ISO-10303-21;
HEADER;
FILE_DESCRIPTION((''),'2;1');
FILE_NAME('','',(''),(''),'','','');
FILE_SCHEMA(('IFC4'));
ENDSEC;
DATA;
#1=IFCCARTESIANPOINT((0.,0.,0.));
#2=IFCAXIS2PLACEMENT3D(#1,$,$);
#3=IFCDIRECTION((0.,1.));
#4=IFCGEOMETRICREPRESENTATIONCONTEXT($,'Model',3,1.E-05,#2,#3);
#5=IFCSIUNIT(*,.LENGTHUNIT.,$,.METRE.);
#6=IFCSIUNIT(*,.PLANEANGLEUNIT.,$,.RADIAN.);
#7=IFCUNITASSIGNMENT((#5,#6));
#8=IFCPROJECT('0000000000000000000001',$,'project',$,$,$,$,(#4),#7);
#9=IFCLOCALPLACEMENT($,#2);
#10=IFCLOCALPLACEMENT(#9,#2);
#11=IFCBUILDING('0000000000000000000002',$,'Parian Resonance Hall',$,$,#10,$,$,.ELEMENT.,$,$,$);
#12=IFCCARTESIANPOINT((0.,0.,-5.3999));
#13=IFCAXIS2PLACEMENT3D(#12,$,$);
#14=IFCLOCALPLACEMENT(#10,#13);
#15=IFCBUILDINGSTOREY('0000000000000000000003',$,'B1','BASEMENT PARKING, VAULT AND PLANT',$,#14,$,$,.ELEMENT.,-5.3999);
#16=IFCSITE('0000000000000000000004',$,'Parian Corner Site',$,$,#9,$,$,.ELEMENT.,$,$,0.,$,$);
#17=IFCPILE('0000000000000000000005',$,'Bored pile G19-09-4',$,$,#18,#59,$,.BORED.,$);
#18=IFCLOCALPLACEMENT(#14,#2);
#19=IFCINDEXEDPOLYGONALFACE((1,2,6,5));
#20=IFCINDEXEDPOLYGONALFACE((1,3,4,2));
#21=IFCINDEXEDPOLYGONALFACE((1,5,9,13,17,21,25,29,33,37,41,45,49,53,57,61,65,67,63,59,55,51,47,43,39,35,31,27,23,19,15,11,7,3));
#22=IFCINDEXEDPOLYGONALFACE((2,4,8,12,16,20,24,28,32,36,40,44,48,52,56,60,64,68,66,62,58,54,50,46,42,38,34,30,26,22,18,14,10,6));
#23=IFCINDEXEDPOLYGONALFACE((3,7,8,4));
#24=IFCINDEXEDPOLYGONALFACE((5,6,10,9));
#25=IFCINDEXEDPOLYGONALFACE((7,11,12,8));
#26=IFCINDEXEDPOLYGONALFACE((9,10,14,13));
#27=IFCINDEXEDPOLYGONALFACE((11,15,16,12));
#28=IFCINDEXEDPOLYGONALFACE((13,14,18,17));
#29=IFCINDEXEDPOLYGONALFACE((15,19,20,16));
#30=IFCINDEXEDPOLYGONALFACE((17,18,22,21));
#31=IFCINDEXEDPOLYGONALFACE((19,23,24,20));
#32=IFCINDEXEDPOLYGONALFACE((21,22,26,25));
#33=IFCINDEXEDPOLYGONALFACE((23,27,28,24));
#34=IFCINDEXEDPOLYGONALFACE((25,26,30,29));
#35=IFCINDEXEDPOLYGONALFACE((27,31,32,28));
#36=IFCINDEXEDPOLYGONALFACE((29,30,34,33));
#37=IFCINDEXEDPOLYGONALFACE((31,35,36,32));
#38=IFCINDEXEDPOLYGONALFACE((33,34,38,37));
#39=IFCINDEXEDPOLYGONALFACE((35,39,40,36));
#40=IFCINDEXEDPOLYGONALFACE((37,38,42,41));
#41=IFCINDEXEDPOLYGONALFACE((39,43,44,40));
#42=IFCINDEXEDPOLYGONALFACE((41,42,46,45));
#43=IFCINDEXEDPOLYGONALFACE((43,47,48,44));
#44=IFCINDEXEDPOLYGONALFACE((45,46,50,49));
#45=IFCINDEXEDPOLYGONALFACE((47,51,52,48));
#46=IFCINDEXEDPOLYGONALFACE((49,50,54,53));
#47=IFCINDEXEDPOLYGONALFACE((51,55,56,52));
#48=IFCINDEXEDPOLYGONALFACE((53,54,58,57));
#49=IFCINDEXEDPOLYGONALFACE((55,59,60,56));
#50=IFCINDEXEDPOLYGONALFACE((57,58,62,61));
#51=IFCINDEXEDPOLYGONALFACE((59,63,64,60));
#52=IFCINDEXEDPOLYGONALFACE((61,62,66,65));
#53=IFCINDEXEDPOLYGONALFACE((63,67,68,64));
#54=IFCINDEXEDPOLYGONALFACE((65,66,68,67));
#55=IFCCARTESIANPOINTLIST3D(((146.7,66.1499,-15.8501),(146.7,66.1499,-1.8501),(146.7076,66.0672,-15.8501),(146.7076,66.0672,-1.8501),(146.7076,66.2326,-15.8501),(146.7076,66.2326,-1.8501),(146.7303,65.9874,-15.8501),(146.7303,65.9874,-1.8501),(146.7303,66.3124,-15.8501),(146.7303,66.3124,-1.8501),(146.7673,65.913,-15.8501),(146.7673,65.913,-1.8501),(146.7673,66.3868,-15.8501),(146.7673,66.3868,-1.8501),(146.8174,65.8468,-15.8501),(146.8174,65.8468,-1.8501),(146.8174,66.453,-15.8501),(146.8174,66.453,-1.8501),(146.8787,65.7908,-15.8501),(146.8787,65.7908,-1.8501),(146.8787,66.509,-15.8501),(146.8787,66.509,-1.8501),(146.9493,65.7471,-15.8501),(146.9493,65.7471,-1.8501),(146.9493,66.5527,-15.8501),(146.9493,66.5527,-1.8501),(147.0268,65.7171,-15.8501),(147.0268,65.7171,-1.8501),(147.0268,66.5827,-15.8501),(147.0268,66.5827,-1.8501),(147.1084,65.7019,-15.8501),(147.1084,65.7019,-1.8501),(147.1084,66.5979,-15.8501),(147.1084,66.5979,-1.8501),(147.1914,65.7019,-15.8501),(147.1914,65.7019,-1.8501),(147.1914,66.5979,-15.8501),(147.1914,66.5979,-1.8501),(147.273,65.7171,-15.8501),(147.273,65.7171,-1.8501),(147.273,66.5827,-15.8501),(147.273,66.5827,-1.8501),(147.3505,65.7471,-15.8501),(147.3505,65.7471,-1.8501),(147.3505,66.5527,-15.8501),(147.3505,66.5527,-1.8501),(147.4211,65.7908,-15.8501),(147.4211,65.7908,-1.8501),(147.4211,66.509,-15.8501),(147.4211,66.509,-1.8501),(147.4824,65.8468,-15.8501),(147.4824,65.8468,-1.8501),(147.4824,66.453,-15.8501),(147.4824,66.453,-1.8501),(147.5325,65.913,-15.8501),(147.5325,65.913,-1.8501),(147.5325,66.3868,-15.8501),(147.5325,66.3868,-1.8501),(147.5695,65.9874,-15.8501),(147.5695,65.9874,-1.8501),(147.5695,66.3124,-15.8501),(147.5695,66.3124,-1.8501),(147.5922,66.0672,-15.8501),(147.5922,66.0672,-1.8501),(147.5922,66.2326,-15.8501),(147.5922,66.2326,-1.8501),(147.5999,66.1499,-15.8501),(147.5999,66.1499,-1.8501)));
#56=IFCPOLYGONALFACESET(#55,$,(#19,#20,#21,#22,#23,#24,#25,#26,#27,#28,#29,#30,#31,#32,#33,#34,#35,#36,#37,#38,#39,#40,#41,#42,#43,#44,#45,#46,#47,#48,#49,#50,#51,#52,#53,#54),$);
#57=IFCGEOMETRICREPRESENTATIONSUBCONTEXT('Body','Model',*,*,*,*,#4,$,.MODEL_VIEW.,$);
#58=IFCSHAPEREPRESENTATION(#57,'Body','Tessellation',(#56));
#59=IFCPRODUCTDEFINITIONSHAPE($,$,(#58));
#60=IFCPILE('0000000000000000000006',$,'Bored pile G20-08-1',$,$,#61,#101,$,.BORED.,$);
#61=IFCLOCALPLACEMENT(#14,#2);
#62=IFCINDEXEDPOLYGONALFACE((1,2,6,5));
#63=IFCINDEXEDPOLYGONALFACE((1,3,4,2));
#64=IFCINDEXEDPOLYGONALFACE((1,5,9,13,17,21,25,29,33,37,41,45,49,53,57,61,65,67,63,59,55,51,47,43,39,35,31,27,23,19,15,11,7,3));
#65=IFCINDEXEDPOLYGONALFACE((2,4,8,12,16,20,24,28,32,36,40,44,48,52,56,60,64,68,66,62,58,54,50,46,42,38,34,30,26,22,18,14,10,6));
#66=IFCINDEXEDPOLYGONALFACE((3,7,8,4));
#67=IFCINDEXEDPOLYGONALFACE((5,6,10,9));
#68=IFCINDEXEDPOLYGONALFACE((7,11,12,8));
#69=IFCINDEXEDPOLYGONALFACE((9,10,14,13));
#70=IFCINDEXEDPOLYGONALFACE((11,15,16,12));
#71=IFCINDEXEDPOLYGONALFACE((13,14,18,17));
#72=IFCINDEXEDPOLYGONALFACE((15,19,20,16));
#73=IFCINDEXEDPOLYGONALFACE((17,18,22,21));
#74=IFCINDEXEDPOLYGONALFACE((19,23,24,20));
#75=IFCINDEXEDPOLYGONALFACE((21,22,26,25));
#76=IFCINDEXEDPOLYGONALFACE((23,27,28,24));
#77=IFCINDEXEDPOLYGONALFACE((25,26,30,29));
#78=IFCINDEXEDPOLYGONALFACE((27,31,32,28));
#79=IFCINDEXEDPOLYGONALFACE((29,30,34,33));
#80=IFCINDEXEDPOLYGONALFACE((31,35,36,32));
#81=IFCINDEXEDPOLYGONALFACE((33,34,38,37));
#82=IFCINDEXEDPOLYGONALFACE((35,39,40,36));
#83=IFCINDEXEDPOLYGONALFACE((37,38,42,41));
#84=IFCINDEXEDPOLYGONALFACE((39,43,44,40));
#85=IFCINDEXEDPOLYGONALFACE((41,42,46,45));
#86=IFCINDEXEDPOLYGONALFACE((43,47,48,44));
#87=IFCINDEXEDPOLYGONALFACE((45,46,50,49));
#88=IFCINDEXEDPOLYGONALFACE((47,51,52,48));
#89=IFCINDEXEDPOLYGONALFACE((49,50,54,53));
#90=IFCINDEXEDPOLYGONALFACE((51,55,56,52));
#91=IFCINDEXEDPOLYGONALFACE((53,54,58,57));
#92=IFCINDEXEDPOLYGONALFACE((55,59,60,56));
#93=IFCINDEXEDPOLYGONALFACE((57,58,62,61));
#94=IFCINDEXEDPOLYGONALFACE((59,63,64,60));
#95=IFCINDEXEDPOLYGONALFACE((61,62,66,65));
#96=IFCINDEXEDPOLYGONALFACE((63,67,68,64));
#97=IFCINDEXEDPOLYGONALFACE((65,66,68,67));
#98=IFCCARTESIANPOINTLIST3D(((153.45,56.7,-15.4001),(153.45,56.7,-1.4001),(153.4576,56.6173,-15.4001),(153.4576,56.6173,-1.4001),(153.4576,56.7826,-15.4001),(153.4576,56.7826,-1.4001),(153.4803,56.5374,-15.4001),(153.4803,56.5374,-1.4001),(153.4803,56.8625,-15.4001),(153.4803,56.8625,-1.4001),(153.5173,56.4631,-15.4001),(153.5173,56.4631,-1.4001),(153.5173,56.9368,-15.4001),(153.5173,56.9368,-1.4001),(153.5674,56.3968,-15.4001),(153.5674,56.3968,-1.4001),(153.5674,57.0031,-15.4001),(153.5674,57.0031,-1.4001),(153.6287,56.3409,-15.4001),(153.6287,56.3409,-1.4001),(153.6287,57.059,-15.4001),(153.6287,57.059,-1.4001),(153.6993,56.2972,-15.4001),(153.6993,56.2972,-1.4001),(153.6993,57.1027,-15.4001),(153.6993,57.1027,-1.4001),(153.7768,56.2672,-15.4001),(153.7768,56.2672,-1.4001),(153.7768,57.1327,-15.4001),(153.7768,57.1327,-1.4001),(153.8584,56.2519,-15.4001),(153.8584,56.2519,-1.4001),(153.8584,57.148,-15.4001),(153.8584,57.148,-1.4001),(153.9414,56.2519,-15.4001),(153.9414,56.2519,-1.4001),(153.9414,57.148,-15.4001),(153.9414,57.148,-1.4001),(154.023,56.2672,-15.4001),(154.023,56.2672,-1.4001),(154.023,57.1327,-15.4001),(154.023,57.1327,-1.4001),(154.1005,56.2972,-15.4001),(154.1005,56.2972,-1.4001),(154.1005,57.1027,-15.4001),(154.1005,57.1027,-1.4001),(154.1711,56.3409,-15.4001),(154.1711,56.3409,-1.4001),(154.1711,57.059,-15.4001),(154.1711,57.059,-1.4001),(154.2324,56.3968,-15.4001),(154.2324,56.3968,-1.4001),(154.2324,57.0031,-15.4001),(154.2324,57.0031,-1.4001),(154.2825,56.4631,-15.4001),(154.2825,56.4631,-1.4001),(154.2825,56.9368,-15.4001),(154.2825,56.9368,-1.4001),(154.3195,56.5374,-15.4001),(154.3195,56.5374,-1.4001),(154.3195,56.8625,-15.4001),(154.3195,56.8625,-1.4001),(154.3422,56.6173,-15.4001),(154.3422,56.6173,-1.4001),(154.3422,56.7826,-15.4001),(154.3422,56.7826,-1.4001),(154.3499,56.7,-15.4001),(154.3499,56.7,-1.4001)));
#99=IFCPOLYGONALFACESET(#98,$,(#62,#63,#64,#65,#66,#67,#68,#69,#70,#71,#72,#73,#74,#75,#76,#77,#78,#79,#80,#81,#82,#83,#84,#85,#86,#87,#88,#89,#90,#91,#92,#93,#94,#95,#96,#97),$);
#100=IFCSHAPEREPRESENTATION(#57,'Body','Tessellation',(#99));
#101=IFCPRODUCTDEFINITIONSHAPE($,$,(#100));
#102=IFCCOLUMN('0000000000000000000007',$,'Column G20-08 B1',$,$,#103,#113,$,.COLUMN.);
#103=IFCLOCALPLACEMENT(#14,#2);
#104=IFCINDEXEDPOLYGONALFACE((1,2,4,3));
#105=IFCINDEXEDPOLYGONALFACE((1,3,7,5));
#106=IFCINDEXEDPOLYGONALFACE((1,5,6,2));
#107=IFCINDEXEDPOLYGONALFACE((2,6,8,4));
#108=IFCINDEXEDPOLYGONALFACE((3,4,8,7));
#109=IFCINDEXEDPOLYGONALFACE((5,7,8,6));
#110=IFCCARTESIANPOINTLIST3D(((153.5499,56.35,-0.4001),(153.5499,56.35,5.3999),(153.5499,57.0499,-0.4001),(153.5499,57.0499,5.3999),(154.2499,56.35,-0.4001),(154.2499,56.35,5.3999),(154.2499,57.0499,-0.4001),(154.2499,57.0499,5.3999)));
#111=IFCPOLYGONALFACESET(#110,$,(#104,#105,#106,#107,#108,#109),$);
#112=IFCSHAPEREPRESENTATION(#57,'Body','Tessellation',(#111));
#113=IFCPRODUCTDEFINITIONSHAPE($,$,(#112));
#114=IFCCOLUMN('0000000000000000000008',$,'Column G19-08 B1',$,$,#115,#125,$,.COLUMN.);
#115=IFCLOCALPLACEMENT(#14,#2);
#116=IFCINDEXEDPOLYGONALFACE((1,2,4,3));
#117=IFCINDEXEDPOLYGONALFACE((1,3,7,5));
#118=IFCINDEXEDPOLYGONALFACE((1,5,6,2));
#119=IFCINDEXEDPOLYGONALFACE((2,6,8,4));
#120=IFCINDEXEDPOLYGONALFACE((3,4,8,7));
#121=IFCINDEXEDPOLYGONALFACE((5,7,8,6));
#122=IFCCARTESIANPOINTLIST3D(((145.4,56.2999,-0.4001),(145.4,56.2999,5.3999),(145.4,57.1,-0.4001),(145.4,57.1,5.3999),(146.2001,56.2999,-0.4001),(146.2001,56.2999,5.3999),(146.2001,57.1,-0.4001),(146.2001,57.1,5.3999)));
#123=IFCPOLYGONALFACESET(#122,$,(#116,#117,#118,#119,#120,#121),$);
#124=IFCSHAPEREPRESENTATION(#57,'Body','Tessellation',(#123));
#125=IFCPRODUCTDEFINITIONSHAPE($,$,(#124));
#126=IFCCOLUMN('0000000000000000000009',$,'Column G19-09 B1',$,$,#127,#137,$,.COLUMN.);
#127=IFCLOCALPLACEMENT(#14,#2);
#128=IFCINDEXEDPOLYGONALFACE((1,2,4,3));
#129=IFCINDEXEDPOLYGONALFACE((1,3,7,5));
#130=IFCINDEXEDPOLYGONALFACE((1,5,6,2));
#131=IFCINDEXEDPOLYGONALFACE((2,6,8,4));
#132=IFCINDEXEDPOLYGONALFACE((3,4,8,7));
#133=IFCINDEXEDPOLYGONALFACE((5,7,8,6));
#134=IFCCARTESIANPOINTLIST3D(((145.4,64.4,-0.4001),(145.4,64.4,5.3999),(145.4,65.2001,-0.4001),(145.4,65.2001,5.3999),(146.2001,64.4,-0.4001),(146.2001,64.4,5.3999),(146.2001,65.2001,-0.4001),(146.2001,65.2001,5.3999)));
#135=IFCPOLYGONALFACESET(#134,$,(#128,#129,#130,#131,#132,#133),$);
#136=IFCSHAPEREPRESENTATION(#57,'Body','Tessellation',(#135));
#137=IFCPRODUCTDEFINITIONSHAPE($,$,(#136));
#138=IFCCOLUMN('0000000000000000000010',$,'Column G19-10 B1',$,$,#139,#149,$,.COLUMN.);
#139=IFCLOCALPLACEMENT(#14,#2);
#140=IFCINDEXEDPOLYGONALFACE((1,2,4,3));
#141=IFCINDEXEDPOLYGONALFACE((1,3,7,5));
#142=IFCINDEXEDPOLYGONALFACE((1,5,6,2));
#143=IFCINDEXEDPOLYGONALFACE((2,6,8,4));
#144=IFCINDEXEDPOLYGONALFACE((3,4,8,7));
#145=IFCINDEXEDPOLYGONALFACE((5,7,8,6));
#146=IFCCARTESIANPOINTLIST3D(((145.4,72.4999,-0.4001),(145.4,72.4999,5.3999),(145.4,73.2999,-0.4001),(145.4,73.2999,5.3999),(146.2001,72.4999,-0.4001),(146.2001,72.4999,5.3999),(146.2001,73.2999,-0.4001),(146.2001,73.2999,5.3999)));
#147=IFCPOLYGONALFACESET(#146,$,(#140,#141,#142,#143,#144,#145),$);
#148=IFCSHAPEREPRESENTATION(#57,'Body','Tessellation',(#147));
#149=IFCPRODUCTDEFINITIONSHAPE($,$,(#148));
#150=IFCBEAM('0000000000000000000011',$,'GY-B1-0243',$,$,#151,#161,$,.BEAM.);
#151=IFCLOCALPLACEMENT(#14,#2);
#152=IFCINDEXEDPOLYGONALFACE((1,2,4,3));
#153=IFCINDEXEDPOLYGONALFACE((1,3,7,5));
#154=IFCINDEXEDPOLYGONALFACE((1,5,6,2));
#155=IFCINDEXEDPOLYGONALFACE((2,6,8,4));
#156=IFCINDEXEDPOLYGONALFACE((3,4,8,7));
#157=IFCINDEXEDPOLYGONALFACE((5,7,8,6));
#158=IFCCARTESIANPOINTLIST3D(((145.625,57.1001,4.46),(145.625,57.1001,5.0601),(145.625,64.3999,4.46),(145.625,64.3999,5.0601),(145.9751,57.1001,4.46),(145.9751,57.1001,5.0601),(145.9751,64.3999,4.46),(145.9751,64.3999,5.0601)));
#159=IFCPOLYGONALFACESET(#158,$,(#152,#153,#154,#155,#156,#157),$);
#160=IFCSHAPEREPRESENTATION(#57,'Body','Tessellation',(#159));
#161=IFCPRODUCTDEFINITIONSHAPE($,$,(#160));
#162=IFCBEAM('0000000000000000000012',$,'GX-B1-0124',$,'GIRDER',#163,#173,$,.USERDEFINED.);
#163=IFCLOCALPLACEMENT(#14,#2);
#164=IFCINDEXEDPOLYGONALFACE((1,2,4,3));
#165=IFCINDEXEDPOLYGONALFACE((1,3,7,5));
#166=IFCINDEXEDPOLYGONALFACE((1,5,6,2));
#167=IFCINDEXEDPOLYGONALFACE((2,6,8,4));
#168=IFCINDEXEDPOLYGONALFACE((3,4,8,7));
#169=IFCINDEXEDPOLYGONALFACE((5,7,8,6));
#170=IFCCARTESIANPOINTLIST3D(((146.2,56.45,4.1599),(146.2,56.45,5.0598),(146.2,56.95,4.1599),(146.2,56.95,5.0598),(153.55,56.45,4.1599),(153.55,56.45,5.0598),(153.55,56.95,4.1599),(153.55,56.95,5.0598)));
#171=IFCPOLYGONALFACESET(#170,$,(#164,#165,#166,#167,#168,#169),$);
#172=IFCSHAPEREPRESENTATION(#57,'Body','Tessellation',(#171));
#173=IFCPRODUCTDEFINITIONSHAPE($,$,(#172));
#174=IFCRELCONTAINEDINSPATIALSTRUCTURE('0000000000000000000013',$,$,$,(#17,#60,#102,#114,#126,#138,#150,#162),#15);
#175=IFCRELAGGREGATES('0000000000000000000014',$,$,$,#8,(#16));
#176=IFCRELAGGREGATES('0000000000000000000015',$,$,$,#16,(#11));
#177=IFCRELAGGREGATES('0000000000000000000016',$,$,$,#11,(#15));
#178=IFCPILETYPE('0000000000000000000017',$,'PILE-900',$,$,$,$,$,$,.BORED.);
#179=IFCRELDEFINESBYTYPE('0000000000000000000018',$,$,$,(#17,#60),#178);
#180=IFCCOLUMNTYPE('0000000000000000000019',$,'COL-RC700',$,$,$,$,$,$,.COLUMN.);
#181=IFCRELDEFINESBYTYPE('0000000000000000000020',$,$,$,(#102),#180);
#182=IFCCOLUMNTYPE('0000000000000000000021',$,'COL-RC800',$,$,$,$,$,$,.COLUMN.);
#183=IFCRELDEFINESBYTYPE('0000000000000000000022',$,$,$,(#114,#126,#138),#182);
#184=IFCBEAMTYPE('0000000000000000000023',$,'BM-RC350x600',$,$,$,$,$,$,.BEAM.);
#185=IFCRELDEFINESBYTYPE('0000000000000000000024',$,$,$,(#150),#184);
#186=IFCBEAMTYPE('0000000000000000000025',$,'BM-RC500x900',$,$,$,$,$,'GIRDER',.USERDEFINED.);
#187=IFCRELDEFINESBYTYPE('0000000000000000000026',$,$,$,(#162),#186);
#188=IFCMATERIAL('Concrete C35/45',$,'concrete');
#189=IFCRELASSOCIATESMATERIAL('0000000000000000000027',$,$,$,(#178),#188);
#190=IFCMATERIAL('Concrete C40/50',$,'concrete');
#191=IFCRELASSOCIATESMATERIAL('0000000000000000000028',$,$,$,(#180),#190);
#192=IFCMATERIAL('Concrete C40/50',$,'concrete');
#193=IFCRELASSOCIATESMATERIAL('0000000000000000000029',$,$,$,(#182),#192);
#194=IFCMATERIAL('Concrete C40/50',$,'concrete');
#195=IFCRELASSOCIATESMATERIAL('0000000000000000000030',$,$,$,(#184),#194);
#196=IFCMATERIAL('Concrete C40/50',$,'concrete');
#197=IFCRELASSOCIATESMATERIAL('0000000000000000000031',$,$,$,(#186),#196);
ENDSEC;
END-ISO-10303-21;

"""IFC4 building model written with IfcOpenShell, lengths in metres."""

from ifc_helpers import new_model, si_unit, direction, frame, origin, origin_2d, place, context, subcontext, project, spatial, rectangle, circle, extrude, material, material_profile, profile_set, type_object, element, save


model = new_model("IFC4")

# Units and contexts
model_context = context("Model", 3, precision=1e-05, world=origin(), true_north=direction((0.0, 1.0)))
body_context = subcontext(model_context, "Body", "Model", "MODEL_VIEW")
ifc_project = project(units=[si_unit("LENGTHUNIT", "METRE"), si_unit("PLANEANGLEUNIT", "RADIAN")], contexts=[model_context])

# Site, building, storey
site_placement = place(None, origin())
site = spatial("IfcSite", under=ifc_project, at=site_placement, Name="Parian Corner Site", CompositionType="ELEMENT", RefElevation=0.0)
building_placement = place(site_placement, origin())
building = spatial("IfcBuilding", under=site, at=building_placement, Name="Parian Resonance Hall", CompositionType="ELEMENT")
storey_placement = place(building_placement, frame((0.0, 0.0, -5.3999)))
storey = spatial("IfcBuildingStorey", under=building, at=storey_placement, Name="B1", Description="BASEMENT PARKING, VAULT AND PLANT", CompositionType="ELEMENT", Elevation=-5.3999)

# Piles
ifc_material_1 = material(Name="Concrete C35/45", Category="concrete")
ifc_material_profile_1 = material_profile(ifc_material_1, circle(Radius=0.45, at=origin_2d()), Name="PILE-D900")
ifc_profile_set_1 = profile_set([ifc_material_profile_1], Name="Concrete C35/45")
pile_type_1 = type_object("IfcPileType", Name="PILE-900", PredefinedType="BORED", material=ifc_profile_set_1)
for number, where, z_axis, x_axis, name in (
    (1, (147.1499, 66.1499, -1.8501), (0.0, 0.0, -1.0), (1.0, 0.0, 0.0), "Bored pile G19-09-4"),
    (2, (153.8999, 56.7, -1.4001), (0.0, 0.0, -1.0), (1.0, 0.0, 0.0), "Bored pile G20-08-1"),
):
    element("IfcPile", number, at=place(storey_placement, frame(where, z_axis=z_axis, x_axis=x_axis)), inside=storey, type_object=pile_type_1, Name=name, PredefinedType="BORED", context=body_context, shape_type="SweptSolid", body=[
        extrude(circle(Radius=0.45, at=origin_2d()), origin(), (0.0, 0.0, 1.0), 14.0),
    ])

# Columns
ifc_material_2 = material(Name="Concrete C40/50", Category="concrete")
ifc_material_profile_2 = material_profile(ifc_material_2, rectangle(XDim=0.7, YDim=0.7, at=origin_2d()), Name="RC-COL-700x700")
ifc_profile_set_2 = profile_set([ifc_material_profile_2], Name="Concrete C40/50")
column_type_1 = type_object("IfcColumnType", Name="COL-RC700", PredefinedType="COLUMN", material=ifc_profile_set_2)
column_placement = place(storey_placement, frame((153.8999, 56.7, -0.4001), z_axis=(0.0, 0.0, 1.0), x_axis=(1.0, 0.0, 0.0)))
element("IfcColumn", 3, at=column_placement, inside=storey, type_object=column_type_1, Name="Column G20-08 B1", PredefinedType="COLUMN", context=body_context, shape_type="SweptSolid", body=[
    extrude(rectangle(XDim=0.7, YDim=0.7, at=origin_2d()), origin(), (0.0, 0.0, 1.0), 5.8),
])
ifc_material_3 = material(Name="Concrete C40/50", Category="concrete")
ifc_material_profile_3 = material_profile(ifc_material_3, rectangle(XDim=0.8, YDim=0.8, at=origin_2d()), Name="RC-COL-800x800")
ifc_profile_set_3 = profile_set([ifc_material_profile_3], Name="Concrete C40/50")
column_type_2 = type_object("IfcColumnType", Name="COL-RC800", PredefinedType="COLUMN", material=ifc_profile_set_3)
for number, where, z_axis, x_axis, name in (
    (4, (145.8, 56.7, -0.4001), (0.0, 0.0, 1.0), (1.0, 0.0, 0.0), "Column G19-08 B1"),
    (5, (145.8, 64.8, -0.4001), (0.0, 0.0, 1.0), (1.0, 0.0, 0.0), "Column G19-09 B1"),
    (6, (145.8, 72.8999, -0.4001), (0.0, 0.0, 1.0), (1.0, 0.0, 0.0), "Column G19-10 B1"),
):
    element("IfcColumn", number, at=place(storey_placement, frame(where, z_axis=z_axis, x_axis=x_axis)), inside=storey, type_object=column_type_2, Name=name, PredefinedType="COLUMN", context=body_context, shape_type="SweptSolid", body=[
        extrude(rectangle(XDim=0.8, YDim=0.8, at=origin_2d()), origin(), (0.0, 0.0, 1.0), 5.8),
    ])

# Beams
ifc_material_4 = material(Name="Concrete C40/50", Category="concrete")
ifc_material_profile_4 = material_profile(ifc_material_4, rectangle(XDim=0.3501, YDim=0.6001, at=origin_2d()), Name="RC-BM-350x600")
ifc_profile_set_4 = profile_set([ifc_material_profile_4], Name="Concrete C40/50")
beam_type_1 = type_object("IfcBeamType", Name="BM-RC350x600", PredefinedType="BEAM", material=ifc_profile_set_4)
beam_1_placement = place(storey_placement, frame((145.8, 57.1001, 4.76), z_axis=(0.0, 1.0, 0.0), x_axis=(-1.0, 0.0, 0.0)))
element("IfcBeam", 7, at=beam_1_placement, inside=storey, type_object=beam_type_1, Name="GY-B1-0243", PredefinedType="BEAM", context=body_context, shape_type="SweptSolid", body=[
    extrude(rectangle(XDim=0.3501, YDim=0.6001, at=origin_2d()), origin(), (0.0, 0.0, 1.0), 7.2998),
])
ifc_material_5 = material(Name="Concrete C40/50", Category="concrete")
ifc_material_profile_5 = material_profile(ifc_material_5, rectangle(XDim=0.5, YDim=0.8999, at=origin_2d()), Name="RC-BM-500x900")
ifc_profile_set_5 = profile_set([ifc_material_profile_5], Name="Concrete C40/50")
beam_type_2 = type_object("IfcBeamType", Name="BM-RC500x900", ElementType="GIRDER", PredefinedType="USERDEFINED", material=ifc_profile_set_5)
beam_2_placement = place(storey_placement, frame((146.2, 56.7, 4.6099), z_axis=(1.0, 0.0, 0.0), x_axis=(0.0, 1.0, 0.0)))
element("IfcBeam", 8, at=beam_2_placement, inside=storey, type_object=beam_type_2, Name="GX-B1-0124", ObjectType="GIRDER", PredefinedType="USERDEFINED", context=body_context, shape_type="SweptSolid", body=[
    extrude(rectangle(XDim=0.5, YDim=0.8999, at=origin_2d()), origin(), (0.0, 0.0, 1.0), 7.3501),
])

save(model, "model.ifc")
